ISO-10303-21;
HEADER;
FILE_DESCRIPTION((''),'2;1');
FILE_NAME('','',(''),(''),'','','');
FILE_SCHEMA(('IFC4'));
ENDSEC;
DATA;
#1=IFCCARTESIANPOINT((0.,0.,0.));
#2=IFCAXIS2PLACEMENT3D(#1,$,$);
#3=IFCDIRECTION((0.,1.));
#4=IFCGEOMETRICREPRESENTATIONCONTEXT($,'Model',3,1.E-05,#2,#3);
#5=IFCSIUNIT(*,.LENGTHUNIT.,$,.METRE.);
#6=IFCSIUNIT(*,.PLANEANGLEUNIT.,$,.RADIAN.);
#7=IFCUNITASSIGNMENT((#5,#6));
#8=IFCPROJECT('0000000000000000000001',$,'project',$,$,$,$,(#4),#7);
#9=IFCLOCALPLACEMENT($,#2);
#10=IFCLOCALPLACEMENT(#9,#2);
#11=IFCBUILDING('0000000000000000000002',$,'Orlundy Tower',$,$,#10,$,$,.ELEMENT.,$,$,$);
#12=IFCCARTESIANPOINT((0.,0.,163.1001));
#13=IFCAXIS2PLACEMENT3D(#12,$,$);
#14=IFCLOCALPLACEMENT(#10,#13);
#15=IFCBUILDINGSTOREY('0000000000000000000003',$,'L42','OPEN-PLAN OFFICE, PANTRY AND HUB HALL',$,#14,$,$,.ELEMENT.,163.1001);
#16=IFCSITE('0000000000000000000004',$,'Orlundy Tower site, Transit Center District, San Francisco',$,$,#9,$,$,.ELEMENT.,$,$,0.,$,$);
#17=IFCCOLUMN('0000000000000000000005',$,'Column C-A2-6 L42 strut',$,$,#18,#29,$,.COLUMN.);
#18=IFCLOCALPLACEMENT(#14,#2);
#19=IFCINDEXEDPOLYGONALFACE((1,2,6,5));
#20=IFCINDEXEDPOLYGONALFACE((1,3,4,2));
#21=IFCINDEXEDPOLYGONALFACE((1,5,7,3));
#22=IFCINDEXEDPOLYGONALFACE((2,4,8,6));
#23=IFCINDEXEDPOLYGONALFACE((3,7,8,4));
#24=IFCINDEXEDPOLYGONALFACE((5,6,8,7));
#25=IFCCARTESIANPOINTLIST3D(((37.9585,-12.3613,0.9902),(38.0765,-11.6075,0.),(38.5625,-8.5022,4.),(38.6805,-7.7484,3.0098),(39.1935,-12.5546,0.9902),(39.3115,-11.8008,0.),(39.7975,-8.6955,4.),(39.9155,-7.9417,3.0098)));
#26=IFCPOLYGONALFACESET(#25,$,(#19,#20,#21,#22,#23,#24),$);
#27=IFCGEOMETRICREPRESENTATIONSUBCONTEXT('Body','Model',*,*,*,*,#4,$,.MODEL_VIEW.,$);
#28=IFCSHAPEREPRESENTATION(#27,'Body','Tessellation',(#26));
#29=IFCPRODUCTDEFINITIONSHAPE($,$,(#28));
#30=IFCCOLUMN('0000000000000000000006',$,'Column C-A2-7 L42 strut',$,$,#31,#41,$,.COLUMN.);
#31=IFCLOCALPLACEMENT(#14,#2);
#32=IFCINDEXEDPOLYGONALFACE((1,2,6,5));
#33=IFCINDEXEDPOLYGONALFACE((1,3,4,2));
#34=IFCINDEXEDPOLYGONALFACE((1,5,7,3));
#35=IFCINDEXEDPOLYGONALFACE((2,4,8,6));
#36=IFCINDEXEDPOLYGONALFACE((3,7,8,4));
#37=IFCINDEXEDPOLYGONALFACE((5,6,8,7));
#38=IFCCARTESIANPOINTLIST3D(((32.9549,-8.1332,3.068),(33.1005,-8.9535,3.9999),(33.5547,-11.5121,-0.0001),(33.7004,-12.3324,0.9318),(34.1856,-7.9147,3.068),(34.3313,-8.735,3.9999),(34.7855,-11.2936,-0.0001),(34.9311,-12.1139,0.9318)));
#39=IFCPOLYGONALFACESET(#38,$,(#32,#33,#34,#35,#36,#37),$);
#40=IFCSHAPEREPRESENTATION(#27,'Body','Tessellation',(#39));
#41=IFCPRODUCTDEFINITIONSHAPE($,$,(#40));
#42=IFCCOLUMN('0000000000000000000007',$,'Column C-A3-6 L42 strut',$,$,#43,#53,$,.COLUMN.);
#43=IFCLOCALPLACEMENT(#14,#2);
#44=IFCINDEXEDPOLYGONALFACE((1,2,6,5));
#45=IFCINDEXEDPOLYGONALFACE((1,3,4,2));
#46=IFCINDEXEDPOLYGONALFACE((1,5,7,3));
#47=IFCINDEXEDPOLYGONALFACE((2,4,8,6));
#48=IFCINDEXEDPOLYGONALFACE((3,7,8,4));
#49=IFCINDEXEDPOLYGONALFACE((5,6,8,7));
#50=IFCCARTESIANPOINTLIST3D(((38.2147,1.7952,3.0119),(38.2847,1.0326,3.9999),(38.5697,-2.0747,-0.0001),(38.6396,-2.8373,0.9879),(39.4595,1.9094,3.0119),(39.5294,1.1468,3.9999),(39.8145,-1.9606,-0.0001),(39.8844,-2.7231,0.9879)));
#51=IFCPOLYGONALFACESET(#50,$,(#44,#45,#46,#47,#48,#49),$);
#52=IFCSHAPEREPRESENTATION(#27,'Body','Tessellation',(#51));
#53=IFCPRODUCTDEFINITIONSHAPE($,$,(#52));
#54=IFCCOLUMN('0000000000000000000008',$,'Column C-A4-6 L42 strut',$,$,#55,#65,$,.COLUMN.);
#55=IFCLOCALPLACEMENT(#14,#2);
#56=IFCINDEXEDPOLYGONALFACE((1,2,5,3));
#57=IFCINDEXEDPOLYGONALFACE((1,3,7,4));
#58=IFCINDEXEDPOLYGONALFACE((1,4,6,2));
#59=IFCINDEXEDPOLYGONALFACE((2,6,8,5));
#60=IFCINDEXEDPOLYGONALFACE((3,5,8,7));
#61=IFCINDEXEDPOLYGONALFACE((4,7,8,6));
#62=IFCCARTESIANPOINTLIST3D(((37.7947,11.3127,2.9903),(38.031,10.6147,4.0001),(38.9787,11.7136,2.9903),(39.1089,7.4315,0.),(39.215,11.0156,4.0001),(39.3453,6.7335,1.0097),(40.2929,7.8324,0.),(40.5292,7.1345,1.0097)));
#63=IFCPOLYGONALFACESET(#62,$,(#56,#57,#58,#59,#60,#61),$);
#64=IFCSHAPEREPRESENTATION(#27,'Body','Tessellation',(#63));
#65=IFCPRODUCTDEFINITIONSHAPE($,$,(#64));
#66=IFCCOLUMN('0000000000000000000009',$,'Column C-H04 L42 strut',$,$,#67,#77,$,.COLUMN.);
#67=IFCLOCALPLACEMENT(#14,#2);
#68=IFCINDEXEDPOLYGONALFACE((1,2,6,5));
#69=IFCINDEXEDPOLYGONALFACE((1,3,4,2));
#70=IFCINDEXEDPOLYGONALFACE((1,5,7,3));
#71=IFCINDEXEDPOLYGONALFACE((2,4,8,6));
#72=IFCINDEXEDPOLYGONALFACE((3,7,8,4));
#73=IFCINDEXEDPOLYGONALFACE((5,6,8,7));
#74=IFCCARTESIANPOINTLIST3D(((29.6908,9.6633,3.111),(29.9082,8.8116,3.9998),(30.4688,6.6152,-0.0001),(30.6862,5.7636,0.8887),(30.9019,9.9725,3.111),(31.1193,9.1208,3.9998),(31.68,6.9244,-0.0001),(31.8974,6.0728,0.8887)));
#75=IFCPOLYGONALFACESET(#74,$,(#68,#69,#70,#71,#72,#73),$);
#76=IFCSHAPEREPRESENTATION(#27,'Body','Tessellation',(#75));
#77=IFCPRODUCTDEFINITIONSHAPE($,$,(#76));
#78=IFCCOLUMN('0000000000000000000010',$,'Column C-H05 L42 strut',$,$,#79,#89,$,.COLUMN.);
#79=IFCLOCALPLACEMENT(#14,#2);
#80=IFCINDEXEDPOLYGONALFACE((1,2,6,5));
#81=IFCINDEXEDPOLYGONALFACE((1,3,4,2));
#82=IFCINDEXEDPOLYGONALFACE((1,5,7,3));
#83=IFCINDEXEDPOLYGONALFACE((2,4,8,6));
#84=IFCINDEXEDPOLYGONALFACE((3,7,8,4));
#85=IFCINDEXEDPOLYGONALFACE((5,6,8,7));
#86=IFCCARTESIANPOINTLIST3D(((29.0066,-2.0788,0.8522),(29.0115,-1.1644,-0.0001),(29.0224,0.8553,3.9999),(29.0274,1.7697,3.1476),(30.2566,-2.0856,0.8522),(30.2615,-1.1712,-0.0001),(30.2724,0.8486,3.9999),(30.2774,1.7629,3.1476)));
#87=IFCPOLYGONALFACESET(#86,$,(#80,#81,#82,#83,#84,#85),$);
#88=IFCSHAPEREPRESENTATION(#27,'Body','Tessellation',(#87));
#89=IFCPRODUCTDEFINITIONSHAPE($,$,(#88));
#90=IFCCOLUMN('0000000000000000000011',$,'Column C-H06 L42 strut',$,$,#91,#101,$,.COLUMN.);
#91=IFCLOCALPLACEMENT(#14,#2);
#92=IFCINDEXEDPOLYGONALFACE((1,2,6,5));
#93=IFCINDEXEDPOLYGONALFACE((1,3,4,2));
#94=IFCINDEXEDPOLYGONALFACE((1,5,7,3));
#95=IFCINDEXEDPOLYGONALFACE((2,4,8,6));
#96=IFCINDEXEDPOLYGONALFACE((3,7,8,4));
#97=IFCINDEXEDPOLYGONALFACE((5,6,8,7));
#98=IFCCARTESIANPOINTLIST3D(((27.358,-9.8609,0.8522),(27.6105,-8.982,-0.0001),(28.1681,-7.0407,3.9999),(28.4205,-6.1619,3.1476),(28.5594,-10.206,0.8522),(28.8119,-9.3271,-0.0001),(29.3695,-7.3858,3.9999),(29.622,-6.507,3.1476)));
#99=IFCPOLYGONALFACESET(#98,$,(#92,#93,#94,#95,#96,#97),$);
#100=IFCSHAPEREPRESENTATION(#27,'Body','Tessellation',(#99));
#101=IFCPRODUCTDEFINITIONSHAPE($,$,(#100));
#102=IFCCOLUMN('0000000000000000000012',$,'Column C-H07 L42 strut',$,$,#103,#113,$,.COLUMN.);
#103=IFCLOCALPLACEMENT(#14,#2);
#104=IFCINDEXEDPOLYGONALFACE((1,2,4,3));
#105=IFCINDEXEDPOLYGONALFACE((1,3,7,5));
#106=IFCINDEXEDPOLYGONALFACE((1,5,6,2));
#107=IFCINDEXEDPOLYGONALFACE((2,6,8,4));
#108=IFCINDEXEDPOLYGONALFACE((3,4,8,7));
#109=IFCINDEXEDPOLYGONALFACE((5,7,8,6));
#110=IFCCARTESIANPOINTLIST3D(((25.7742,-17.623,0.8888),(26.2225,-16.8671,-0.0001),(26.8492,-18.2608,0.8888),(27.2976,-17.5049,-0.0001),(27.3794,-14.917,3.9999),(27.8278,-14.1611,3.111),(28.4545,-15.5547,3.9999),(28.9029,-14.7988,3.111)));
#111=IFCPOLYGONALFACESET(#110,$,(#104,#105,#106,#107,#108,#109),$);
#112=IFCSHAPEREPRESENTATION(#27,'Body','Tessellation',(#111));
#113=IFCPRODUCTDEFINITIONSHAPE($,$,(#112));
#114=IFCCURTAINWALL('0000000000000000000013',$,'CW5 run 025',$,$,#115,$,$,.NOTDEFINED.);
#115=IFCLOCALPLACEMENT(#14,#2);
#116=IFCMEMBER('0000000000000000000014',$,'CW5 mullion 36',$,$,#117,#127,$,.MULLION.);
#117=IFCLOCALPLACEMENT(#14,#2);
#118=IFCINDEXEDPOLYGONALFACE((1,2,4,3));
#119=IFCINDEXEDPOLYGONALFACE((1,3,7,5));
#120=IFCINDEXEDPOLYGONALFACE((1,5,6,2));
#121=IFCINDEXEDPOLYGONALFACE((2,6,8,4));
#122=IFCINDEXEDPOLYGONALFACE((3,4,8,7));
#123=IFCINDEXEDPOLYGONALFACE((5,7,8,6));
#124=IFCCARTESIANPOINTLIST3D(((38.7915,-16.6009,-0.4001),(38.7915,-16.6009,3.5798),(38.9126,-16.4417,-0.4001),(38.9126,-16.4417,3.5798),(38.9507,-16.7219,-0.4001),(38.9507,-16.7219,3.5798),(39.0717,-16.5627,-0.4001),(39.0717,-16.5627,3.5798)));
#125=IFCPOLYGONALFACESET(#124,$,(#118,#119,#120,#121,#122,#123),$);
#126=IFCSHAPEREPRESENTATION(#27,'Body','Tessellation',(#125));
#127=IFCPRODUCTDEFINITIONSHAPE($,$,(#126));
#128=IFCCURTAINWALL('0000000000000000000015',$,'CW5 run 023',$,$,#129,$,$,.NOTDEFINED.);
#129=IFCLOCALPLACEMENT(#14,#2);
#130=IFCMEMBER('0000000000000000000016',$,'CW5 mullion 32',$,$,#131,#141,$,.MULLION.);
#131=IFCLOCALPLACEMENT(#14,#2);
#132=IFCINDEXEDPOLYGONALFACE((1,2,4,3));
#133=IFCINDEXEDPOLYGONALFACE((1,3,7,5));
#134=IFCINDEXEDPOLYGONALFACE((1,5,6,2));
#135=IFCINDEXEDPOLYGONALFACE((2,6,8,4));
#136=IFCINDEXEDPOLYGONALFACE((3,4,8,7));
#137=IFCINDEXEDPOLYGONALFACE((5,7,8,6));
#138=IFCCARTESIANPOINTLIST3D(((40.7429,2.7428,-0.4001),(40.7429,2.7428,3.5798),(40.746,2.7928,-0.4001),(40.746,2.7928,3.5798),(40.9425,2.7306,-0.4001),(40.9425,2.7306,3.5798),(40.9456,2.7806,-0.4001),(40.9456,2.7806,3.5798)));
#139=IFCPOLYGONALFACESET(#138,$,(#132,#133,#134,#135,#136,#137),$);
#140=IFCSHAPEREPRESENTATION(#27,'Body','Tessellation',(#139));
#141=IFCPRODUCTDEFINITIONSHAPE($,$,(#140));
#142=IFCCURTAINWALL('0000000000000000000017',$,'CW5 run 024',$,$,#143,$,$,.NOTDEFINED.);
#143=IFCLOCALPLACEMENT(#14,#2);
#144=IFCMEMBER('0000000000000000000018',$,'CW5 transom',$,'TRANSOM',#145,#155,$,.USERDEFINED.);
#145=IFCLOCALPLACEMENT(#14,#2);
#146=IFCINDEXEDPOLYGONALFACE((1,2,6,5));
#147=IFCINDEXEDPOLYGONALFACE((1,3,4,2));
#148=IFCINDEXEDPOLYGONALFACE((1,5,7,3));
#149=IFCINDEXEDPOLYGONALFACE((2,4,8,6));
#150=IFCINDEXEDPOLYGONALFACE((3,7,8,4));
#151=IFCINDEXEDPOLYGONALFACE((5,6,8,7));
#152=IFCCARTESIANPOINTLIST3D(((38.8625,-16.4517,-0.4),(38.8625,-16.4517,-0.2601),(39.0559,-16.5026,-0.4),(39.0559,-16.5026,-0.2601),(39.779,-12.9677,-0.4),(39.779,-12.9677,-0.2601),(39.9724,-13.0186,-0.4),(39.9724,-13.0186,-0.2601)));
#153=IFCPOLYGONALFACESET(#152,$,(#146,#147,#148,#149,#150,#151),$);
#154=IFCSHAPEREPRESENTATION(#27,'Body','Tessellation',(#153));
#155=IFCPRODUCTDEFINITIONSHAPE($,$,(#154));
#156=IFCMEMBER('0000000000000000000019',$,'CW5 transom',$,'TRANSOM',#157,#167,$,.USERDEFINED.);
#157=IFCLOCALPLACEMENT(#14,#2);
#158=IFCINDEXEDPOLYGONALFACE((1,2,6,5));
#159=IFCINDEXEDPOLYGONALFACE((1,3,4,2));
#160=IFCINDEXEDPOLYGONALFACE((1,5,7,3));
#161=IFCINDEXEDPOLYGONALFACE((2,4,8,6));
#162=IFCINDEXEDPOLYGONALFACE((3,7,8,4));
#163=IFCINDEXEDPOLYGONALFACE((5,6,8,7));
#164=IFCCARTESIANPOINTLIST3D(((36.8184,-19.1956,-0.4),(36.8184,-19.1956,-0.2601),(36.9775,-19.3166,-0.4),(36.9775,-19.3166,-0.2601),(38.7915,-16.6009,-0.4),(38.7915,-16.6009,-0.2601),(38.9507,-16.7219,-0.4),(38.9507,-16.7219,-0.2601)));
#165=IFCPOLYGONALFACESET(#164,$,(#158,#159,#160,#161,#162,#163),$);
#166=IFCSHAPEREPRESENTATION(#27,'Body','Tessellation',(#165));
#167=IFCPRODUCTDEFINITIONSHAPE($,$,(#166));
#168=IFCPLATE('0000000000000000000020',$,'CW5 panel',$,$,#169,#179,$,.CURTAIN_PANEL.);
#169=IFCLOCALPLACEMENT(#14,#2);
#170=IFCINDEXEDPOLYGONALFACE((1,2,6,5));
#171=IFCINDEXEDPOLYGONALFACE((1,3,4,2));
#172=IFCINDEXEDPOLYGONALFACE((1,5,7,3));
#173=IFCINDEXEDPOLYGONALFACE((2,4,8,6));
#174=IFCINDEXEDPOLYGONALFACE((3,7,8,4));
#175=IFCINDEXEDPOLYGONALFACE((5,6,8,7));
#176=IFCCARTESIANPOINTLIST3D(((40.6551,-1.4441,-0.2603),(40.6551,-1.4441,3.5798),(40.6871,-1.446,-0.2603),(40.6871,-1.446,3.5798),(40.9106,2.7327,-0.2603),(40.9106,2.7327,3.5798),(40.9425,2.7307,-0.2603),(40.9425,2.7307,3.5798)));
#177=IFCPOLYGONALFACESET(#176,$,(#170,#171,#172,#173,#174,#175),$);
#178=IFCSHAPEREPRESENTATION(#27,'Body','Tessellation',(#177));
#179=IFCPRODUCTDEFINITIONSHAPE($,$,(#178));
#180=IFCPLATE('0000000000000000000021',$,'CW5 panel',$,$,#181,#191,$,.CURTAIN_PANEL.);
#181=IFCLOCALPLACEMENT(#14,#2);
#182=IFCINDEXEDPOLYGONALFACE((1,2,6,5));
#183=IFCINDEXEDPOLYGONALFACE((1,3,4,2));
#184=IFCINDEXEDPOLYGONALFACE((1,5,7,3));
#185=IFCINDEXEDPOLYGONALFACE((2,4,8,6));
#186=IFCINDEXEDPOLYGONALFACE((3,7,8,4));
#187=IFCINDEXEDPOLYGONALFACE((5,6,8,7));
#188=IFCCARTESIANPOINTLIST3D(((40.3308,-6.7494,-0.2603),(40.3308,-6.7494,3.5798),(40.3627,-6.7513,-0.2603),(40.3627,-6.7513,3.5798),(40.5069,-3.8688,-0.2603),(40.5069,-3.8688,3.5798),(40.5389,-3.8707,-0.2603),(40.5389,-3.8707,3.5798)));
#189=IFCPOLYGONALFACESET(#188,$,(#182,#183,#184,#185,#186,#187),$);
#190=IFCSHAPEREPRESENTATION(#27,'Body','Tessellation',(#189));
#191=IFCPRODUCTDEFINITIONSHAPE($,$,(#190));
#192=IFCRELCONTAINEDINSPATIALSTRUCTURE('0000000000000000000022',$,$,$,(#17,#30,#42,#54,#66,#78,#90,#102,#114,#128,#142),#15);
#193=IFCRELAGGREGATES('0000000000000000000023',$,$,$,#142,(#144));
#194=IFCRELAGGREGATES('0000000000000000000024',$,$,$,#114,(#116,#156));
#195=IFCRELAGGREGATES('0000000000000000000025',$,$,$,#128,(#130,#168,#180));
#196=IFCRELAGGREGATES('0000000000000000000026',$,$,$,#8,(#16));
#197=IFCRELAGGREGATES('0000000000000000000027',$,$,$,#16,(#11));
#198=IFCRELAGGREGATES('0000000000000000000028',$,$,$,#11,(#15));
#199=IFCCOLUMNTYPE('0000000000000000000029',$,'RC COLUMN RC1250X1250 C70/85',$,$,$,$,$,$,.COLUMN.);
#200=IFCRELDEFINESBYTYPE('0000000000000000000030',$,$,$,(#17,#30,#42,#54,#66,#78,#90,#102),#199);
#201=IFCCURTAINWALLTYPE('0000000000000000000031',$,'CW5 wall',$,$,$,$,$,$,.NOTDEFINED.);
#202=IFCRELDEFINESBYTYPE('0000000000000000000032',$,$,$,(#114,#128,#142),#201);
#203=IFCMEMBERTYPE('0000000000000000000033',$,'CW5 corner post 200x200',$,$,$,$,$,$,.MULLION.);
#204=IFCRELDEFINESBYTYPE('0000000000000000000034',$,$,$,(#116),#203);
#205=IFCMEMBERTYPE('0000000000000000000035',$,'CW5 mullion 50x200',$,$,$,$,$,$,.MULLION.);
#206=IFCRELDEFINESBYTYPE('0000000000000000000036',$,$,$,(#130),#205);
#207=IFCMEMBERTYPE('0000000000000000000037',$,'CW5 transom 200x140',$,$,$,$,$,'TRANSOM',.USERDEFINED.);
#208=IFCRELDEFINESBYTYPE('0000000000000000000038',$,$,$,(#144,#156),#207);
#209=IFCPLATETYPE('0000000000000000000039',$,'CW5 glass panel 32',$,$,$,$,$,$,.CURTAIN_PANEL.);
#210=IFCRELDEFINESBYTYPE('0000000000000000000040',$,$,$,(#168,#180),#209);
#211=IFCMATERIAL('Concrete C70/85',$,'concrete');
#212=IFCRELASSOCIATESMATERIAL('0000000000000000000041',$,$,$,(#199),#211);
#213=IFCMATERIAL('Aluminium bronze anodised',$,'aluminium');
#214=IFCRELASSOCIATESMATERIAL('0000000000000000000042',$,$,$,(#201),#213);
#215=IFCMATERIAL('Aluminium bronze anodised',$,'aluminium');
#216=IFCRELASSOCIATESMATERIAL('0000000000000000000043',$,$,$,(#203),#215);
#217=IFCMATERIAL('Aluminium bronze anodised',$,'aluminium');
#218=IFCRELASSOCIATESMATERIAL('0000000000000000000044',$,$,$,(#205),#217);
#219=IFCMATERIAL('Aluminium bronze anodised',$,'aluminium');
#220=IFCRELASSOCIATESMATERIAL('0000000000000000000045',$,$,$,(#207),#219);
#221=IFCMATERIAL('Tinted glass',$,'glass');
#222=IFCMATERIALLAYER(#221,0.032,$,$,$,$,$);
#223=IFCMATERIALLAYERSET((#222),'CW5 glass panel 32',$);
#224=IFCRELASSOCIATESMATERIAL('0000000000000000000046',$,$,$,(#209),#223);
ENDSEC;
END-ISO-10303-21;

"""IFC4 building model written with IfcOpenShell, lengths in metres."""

from ifc_helpers import new_model, si_unit, direction, frame, origin, origin_2d, place, context, subcontext, project, spatial, rectangle, extrude, material, layer, layer_set, material_profile, profile_set, type_object, element, aggregate, save


model = new_model("IFC4")

# Units and contexts
model_context = context("Model", 3, precision=1e-05, world=origin(), true_north=direction((0.0, 1.0)))
body_context = subcontext(model_context, "Body", "Model", "MODEL_VIEW")
ifc_project = project(units=[si_unit("LENGTHUNIT", "METRE"), si_unit("PLANEANGLEUNIT", "RADIAN")], contexts=[model_context])

# Site, building, storey
site_placement = place(None, origin())
site = spatial("IfcSite", under=ifc_project, at=site_placement, Name="Orlundy Tower site, Transit Center District, San Francisco", CompositionType="ELEMENT", RefElevation=0.0)
building_placement = place(site_placement, origin())
building = spatial("IfcBuilding", under=site, at=building_placement, Name="Orlundy Tower", CompositionType="ELEMENT")
storey_placement = place(building_placement, frame((0.0, 0.0, 163.1001)))
storey = spatial("IfcBuildingStorey", under=building, at=storey_placement, Name="L42", Description="OPEN-PLAN OFFICE, PANTRY AND HUB HALL", CompositionType="ELEMENT", Elevation=163.1001)

# Columns
ifc_material_1 = material(Name="Concrete C70/85", Category="concrete")
ifc_material_profile_1 = material_profile(ifc_material_1, rectangle(XDim=1.25, YDim=1.25, at=origin_2d()), Name="RC1250X1250")
ifc_profile_set_1 = profile_set([ifc_material_profile_1], Name="Concrete C70/85")
column_type = type_object("IfcColumnType", Name="RC COLUMN RC1250X1250 C70/85", PredefinedType="COLUMN", material=ifc_profile_set_1)
column_1_placement = place(storey_placement, frame((38.635, -12.0811, 0.4951), z_axis=(0.122487, 0.7826, 0.610356), x_axis=(-0.987972, 0.15463, 0.0)))
element("IfcColumn", 1, at=column_1_placement, inside=storey, type_object=column_type, Name="Column C-A2-6 L42 strut", PredefinedType="COLUMN", context=body_context, shape_type="SweptSolid", body=[
    extrude(rectangle(XDim=1.25, YDim=1.25, at=origin_2d()), origin(), (0.0, 0.0, 1.0), 4.9312),
])
column_2_placement = place(storey_placement, frame((34.2429, -11.813, 0.4658), z_axis=(-0.13031, 0.734022, 0.666507), x_axis=(-0.984605, -0.174796, 0.0)))
element("IfcColumn", 2, at=column_2_placement, inside=storey, type_object=column_type, Name="Column C-A2-7 L42 strut", PredefinedType="COLUMN", context=body_context, shape_type="SweptSolid", body=[
    extrude(rectangle(XDim=1.25, YDim=1.25, at=origin_2d()), origin(), (0.0, 0.0, 1.0), 4.6033),
])
column_3_placement = place(storey_placement, frame((39.2271, -2.3989, 0.4939), z_axis=(-0.072199, 0.787089, 0.6126), x_axis=(-0.995819, -0.091346, 0.0)))
element("IfcColumn", 3, at=column_3_placement, inside=storey, type_object=column_type, Name="Column C-A3-6 L42 strut", PredefinedType="COLUMN", context=body_context, shape_type="SweptSolid", body=[
    extrude(rectangle(XDim=1.25, YDim=1.25, at=origin_2d()), origin(), (0.0, 0.0, 1.0), 4.9167),
])
column_4_placement = place(storey_placement, frame((39.8191, 7.283, 0.5049), z_axis=(-0.259078, 0.765106, 0.589484), x_axis=(-0.947171, -0.320729, 0.0)))
element("IfcColumn", 4, at=column_4_placement, inside=storey, type_object=column_type, Name="Column C-A4-6 L42 strut", PredefinedType="COLUMN", context=body_context, shape_type="SweptSolid", body=[
    extrude(rectangle(XDim=1.25, YDim=1.25, at=origin_2d()), origin(), (0.0, 0.0, 1.0), 5.0728),
])
column_5_placement = place(storey_placement, frame((31.1831, 6.344, 0.4443), z_axis=(-0.175861, 0.688932, 0.703168), x_axis=(-0.96893, -0.247335, 0.0)))
element("IfcColumn", 5, at=column_5_placement, inside=storey, type_object=column_type, Name="Column C-H04 L42 strut", PredefinedType="COLUMN", context=body_context, shape_type="SweptSolid", body=[
    extrude(rectangle(XDim=1.25, YDim=1.25, at=origin_2d()), origin(), (0.0, 0.0, 1.0), 4.4243),
])
for number, where, z_axis, x_axis, name in (
    (6, (29.634, -1.625, 0.426), (0.003688, 0.681844, 0.731488), (-0.999985, 0.005408, 0.0), "Column C-H05 L42 strut"),
    (7, (28.085, -9.594, 0.426), (0.188248, 0.655351, 0.73149), (-0.961134, 0.276084, 0.0), "Column C-H06 L42 strut"),
):
    element("IfcColumn", number, at=place(storey_placement, frame(where, z_axis=z_axis, x_axis=x_axis)), inside=storey, type_object=column_type, Name=name, PredefinedType="COLUMN", context=body_context, shape_type="SweptSolid", body=[
        extrude(rectangle(XDim=1.25, YDim=1.25, at=origin_2d()), origin(), (0.0, 0.0, 1.0), 4.3032),
    ])
column_6_placement = place(storey_placement, frame((26.5359, -17.564, 0.4443), z_axis=(0.362784, 0.611574, 0.703111), x_axis=(-0.860063, 0.510187, 0.0)))
element("IfcColumn", 8, at=column_6_placement, inside=storey, type_object=column_type, Name="Column C-H07 L42 strut", PredefinedType="COLUMN", context=body_context, shape_type="SweptSolid", body=[
    extrude(rectangle(XDim=1.25, YDim=1.25, at=origin_2d()), origin(), (0.0, 0.0, 1.0), 4.4248),
])

# Curtain walls, members
ifc_material_2 = material(Name="Aluminium bronze anodised", Category="aluminium")
curtain_wall_type = type_object("IfcCurtainWallType", Name="CW5 wall", PredefinedType="NOTDEFINED", material=ifc_material_2)
curtain_wall_1_placement = place(storey_placement, origin())
curtain_wall_1 = element("IfcCurtainWall", 9, at=curtain_wall_1_placement, inside=storey, type_object=curtain_wall_type, Name="CW5 run 025", PredefinedType="NOTDEFINED")
ifc_material_3 = material(Name="Aluminium bronze anodised", Category="aluminium")
ifc_material_profile_2 = material_profile(ifc_material_3, rectangle(XDim=0.2, YDim=0.2, at=origin_2d()), Name="CW5 corner post 200x200")
ifc_profile_set_2 = profile_set([ifc_material_profile_2], Name="Aluminium bronze anodised")
member_type_1 = type_object("IfcMemberType", Name="CW5 corner post 200x200", PredefinedType="MULLION", material=ifc_profile_set_2)
member_1_placement = place(storey_placement, frame((38.9316, -16.5818, -0.4001), z_axis=(0.0, 0.0, 1.0), x_axis=(0.796001, -0.605295, 0.0)))
member_1 = element("IfcMember", 10, at=member_1_placement, type_object=member_type_1, Name="CW5 mullion 36", PredefinedType="MULLION", context=body_context, shape_type="SweptSolid", body=[
    extrude(rectangle(XDim=0.2, YDim=0.2, at=origin_2d()), origin(), (0.0, 0.0, 1.0), 3.98),
])
curtain_wall_2_placement = place(storey_placement, origin())
curtain_wall_2 = element("IfcCurtainWall", 11, at=curtain_wall_2_placement, inside=storey, type_object=curtain_wall_type, Name="CW5 run 023", PredefinedType="NOTDEFINED")
ifc_material_4 = material(Name="Aluminium bronze anodised", Category="aluminium")
ifc_material_profile_3 = material_profile(ifc_material_4, rectangle(XDim=0.2, YDim=0.05, at=origin_2d()), Name="CW5 mullion 50x200")
ifc_profile_set_3 = profile_set([ifc_material_profile_3], Name="Aluminium bronze anodised")
member_type_2 = type_object("IfcMemberType", Name="CW5 mullion 50x200", PredefinedType="MULLION", material=ifc_profile_set_3)
member_2_placement = place(storey_placement, frame((40.8442, 2.7617, -0.4001), z_axis=(0.0, 0.0, 1.0), x_axis=(0.998135, -0.061047, 0.0)))
member_2 = element("IfcMember", 12, at=member_2_placement, type_object=member_type_2, Name="CW5 mullion 32", PredefinedType="MULLION", context=body_context, shape_type="SweptSolid", body=[
    extrude(rectangle(XDim=0.2, YDim=0.05, at=origin_2d()), origin(), (0.0, 0.0, 1.0), 3.98),
])
curtain_wall_3_placement = place(storey_placement, origin())
curtain_wall_3 = element("IfcCurtainWall", 13, at=curtain_wall_3_placement, inside=storey, type_object=curtain_wall_type, Name="CW5 run 024", PredefinedType="NOTDEFINED")
ifc_material_5 = material(Name="Aluminium bronze anodised", Category="aluminium")
ifc_material_profile_4 = material_profile(ifc_material_5, rectangle(XDim=0.2, YDim=0.1399, at=origin_2d()), Name="CW5 transom 200x140")
ifc_profile_set_4 = profile_set([ifc_material_profile_4], Name="Aluminium bronze anodised")
member_type_3 = type_object("IfcMemberType", Name="CW5 transom 200x140", ElementType="TRANSOM", PredefinedType="USERDEFINED", material=ifc_profile_set_4)
member_3_placement = place(storey_placement, frame((39.8757, -12.9932, -0.3301), z_axis=(-0.254413, -0.967096, 0.0), x_axis=(0.967096, -0.254413, 0.0)))
member_3 = element("IfcMember", 14, at=member_3_placement, type_object=member_type_3, Name="CW5 transom", ObjectType="TRANSOM", PredefinedType="USERDEFINED", context=body_context, shape_type="SweptSolid", body=[
    extrude(rectangle(XDim=0.2, YDim=0.1399, at=origin_2d()), origin(), (0.0, 0.0, 1.0), 3.6025),
])

# Member
member_4_placement = place(storey_placement, frame((38.8711, -16.6614, -0.3301), z_axis=(-0.605307, -0.795992, 0.0), x_axis=(0.795992, -0.605307, 0.0)))
member_4 = element("IfcMember", 15, at=member_4_placement, type_object=member_type_3, Name="CW5 transom", ObjectType="TRANSOM", PredefinedType="USERDEFINED", context=body_context, shape_type="SweptSolid", body=[
    extrude(rectangle(XDim=0.2, YDim=0.1399, at=origin_2d()), origin(), (0.0, 0.0, 1.0), 3.2598),
])

# Plates
ifc_material_6 = material(Name="Tinted glass", Category="glass")
ifc_layer_1 = layer(ifc_material_6, 0.032)
ifc_layer_set_1 = layer_set([ifc_layer_1], Name="CW5 glass panel 32")
plate_type_1 = type_object("IfcPlateType", Name="CW5 glass panel 32", PredefinedType="CURTAIN_PANEL", material=ifc_layer_set_1)
plate_1_placement = place(storey_placement, frame((40.7988, 0.6433, -0.2603), z_axis=(0.0, 0.0, 1.0), x_axis=(-0.061047, -0.998135, 0.0)))
plate_1 = element("IfcPlate", 16, at=plate_1_placement, type_object=plate_type_1, Name="CW5 panel", PredefinedType="CURTAIN_PANEL", context=body_context, shape_type="SweptSolid", body=[
    extrude(rectangle(XDim=4.1846, YDim=0.032, at=origin_2d()), origin(), (0.0, 0.0, 1.0), 3.8401),
])
plate_2_placement = place(storey_placement, frame((40.4348, -5.3101, -0.2603), z_axis=(0.0, 0.0, 1.0), x_axis=(-0.061047, -0.998135, 0.0)))
plate_2 = element("IfcPlate", 17, at=plate_2_placement, type_object=plate_type_1, Name="CW5 panel", PredefinedType="CURTAIN_PANEL", context=body_context, shape_type="SweptSolid", body=[
    extrude(rectangle(XDim=2.886, YDim=0.032, at=origin_2d()), origin(), (0.0, 0.0, 1.0), 3.8401),
])
aggregate(curtain_wall_3, [member_3])
aggregate(curtain_wall_1, [member_1, member_4])
aggregate(curtain_wall_2, [member_2, plate_1, plate_2])

save(model, "model.ifc")
